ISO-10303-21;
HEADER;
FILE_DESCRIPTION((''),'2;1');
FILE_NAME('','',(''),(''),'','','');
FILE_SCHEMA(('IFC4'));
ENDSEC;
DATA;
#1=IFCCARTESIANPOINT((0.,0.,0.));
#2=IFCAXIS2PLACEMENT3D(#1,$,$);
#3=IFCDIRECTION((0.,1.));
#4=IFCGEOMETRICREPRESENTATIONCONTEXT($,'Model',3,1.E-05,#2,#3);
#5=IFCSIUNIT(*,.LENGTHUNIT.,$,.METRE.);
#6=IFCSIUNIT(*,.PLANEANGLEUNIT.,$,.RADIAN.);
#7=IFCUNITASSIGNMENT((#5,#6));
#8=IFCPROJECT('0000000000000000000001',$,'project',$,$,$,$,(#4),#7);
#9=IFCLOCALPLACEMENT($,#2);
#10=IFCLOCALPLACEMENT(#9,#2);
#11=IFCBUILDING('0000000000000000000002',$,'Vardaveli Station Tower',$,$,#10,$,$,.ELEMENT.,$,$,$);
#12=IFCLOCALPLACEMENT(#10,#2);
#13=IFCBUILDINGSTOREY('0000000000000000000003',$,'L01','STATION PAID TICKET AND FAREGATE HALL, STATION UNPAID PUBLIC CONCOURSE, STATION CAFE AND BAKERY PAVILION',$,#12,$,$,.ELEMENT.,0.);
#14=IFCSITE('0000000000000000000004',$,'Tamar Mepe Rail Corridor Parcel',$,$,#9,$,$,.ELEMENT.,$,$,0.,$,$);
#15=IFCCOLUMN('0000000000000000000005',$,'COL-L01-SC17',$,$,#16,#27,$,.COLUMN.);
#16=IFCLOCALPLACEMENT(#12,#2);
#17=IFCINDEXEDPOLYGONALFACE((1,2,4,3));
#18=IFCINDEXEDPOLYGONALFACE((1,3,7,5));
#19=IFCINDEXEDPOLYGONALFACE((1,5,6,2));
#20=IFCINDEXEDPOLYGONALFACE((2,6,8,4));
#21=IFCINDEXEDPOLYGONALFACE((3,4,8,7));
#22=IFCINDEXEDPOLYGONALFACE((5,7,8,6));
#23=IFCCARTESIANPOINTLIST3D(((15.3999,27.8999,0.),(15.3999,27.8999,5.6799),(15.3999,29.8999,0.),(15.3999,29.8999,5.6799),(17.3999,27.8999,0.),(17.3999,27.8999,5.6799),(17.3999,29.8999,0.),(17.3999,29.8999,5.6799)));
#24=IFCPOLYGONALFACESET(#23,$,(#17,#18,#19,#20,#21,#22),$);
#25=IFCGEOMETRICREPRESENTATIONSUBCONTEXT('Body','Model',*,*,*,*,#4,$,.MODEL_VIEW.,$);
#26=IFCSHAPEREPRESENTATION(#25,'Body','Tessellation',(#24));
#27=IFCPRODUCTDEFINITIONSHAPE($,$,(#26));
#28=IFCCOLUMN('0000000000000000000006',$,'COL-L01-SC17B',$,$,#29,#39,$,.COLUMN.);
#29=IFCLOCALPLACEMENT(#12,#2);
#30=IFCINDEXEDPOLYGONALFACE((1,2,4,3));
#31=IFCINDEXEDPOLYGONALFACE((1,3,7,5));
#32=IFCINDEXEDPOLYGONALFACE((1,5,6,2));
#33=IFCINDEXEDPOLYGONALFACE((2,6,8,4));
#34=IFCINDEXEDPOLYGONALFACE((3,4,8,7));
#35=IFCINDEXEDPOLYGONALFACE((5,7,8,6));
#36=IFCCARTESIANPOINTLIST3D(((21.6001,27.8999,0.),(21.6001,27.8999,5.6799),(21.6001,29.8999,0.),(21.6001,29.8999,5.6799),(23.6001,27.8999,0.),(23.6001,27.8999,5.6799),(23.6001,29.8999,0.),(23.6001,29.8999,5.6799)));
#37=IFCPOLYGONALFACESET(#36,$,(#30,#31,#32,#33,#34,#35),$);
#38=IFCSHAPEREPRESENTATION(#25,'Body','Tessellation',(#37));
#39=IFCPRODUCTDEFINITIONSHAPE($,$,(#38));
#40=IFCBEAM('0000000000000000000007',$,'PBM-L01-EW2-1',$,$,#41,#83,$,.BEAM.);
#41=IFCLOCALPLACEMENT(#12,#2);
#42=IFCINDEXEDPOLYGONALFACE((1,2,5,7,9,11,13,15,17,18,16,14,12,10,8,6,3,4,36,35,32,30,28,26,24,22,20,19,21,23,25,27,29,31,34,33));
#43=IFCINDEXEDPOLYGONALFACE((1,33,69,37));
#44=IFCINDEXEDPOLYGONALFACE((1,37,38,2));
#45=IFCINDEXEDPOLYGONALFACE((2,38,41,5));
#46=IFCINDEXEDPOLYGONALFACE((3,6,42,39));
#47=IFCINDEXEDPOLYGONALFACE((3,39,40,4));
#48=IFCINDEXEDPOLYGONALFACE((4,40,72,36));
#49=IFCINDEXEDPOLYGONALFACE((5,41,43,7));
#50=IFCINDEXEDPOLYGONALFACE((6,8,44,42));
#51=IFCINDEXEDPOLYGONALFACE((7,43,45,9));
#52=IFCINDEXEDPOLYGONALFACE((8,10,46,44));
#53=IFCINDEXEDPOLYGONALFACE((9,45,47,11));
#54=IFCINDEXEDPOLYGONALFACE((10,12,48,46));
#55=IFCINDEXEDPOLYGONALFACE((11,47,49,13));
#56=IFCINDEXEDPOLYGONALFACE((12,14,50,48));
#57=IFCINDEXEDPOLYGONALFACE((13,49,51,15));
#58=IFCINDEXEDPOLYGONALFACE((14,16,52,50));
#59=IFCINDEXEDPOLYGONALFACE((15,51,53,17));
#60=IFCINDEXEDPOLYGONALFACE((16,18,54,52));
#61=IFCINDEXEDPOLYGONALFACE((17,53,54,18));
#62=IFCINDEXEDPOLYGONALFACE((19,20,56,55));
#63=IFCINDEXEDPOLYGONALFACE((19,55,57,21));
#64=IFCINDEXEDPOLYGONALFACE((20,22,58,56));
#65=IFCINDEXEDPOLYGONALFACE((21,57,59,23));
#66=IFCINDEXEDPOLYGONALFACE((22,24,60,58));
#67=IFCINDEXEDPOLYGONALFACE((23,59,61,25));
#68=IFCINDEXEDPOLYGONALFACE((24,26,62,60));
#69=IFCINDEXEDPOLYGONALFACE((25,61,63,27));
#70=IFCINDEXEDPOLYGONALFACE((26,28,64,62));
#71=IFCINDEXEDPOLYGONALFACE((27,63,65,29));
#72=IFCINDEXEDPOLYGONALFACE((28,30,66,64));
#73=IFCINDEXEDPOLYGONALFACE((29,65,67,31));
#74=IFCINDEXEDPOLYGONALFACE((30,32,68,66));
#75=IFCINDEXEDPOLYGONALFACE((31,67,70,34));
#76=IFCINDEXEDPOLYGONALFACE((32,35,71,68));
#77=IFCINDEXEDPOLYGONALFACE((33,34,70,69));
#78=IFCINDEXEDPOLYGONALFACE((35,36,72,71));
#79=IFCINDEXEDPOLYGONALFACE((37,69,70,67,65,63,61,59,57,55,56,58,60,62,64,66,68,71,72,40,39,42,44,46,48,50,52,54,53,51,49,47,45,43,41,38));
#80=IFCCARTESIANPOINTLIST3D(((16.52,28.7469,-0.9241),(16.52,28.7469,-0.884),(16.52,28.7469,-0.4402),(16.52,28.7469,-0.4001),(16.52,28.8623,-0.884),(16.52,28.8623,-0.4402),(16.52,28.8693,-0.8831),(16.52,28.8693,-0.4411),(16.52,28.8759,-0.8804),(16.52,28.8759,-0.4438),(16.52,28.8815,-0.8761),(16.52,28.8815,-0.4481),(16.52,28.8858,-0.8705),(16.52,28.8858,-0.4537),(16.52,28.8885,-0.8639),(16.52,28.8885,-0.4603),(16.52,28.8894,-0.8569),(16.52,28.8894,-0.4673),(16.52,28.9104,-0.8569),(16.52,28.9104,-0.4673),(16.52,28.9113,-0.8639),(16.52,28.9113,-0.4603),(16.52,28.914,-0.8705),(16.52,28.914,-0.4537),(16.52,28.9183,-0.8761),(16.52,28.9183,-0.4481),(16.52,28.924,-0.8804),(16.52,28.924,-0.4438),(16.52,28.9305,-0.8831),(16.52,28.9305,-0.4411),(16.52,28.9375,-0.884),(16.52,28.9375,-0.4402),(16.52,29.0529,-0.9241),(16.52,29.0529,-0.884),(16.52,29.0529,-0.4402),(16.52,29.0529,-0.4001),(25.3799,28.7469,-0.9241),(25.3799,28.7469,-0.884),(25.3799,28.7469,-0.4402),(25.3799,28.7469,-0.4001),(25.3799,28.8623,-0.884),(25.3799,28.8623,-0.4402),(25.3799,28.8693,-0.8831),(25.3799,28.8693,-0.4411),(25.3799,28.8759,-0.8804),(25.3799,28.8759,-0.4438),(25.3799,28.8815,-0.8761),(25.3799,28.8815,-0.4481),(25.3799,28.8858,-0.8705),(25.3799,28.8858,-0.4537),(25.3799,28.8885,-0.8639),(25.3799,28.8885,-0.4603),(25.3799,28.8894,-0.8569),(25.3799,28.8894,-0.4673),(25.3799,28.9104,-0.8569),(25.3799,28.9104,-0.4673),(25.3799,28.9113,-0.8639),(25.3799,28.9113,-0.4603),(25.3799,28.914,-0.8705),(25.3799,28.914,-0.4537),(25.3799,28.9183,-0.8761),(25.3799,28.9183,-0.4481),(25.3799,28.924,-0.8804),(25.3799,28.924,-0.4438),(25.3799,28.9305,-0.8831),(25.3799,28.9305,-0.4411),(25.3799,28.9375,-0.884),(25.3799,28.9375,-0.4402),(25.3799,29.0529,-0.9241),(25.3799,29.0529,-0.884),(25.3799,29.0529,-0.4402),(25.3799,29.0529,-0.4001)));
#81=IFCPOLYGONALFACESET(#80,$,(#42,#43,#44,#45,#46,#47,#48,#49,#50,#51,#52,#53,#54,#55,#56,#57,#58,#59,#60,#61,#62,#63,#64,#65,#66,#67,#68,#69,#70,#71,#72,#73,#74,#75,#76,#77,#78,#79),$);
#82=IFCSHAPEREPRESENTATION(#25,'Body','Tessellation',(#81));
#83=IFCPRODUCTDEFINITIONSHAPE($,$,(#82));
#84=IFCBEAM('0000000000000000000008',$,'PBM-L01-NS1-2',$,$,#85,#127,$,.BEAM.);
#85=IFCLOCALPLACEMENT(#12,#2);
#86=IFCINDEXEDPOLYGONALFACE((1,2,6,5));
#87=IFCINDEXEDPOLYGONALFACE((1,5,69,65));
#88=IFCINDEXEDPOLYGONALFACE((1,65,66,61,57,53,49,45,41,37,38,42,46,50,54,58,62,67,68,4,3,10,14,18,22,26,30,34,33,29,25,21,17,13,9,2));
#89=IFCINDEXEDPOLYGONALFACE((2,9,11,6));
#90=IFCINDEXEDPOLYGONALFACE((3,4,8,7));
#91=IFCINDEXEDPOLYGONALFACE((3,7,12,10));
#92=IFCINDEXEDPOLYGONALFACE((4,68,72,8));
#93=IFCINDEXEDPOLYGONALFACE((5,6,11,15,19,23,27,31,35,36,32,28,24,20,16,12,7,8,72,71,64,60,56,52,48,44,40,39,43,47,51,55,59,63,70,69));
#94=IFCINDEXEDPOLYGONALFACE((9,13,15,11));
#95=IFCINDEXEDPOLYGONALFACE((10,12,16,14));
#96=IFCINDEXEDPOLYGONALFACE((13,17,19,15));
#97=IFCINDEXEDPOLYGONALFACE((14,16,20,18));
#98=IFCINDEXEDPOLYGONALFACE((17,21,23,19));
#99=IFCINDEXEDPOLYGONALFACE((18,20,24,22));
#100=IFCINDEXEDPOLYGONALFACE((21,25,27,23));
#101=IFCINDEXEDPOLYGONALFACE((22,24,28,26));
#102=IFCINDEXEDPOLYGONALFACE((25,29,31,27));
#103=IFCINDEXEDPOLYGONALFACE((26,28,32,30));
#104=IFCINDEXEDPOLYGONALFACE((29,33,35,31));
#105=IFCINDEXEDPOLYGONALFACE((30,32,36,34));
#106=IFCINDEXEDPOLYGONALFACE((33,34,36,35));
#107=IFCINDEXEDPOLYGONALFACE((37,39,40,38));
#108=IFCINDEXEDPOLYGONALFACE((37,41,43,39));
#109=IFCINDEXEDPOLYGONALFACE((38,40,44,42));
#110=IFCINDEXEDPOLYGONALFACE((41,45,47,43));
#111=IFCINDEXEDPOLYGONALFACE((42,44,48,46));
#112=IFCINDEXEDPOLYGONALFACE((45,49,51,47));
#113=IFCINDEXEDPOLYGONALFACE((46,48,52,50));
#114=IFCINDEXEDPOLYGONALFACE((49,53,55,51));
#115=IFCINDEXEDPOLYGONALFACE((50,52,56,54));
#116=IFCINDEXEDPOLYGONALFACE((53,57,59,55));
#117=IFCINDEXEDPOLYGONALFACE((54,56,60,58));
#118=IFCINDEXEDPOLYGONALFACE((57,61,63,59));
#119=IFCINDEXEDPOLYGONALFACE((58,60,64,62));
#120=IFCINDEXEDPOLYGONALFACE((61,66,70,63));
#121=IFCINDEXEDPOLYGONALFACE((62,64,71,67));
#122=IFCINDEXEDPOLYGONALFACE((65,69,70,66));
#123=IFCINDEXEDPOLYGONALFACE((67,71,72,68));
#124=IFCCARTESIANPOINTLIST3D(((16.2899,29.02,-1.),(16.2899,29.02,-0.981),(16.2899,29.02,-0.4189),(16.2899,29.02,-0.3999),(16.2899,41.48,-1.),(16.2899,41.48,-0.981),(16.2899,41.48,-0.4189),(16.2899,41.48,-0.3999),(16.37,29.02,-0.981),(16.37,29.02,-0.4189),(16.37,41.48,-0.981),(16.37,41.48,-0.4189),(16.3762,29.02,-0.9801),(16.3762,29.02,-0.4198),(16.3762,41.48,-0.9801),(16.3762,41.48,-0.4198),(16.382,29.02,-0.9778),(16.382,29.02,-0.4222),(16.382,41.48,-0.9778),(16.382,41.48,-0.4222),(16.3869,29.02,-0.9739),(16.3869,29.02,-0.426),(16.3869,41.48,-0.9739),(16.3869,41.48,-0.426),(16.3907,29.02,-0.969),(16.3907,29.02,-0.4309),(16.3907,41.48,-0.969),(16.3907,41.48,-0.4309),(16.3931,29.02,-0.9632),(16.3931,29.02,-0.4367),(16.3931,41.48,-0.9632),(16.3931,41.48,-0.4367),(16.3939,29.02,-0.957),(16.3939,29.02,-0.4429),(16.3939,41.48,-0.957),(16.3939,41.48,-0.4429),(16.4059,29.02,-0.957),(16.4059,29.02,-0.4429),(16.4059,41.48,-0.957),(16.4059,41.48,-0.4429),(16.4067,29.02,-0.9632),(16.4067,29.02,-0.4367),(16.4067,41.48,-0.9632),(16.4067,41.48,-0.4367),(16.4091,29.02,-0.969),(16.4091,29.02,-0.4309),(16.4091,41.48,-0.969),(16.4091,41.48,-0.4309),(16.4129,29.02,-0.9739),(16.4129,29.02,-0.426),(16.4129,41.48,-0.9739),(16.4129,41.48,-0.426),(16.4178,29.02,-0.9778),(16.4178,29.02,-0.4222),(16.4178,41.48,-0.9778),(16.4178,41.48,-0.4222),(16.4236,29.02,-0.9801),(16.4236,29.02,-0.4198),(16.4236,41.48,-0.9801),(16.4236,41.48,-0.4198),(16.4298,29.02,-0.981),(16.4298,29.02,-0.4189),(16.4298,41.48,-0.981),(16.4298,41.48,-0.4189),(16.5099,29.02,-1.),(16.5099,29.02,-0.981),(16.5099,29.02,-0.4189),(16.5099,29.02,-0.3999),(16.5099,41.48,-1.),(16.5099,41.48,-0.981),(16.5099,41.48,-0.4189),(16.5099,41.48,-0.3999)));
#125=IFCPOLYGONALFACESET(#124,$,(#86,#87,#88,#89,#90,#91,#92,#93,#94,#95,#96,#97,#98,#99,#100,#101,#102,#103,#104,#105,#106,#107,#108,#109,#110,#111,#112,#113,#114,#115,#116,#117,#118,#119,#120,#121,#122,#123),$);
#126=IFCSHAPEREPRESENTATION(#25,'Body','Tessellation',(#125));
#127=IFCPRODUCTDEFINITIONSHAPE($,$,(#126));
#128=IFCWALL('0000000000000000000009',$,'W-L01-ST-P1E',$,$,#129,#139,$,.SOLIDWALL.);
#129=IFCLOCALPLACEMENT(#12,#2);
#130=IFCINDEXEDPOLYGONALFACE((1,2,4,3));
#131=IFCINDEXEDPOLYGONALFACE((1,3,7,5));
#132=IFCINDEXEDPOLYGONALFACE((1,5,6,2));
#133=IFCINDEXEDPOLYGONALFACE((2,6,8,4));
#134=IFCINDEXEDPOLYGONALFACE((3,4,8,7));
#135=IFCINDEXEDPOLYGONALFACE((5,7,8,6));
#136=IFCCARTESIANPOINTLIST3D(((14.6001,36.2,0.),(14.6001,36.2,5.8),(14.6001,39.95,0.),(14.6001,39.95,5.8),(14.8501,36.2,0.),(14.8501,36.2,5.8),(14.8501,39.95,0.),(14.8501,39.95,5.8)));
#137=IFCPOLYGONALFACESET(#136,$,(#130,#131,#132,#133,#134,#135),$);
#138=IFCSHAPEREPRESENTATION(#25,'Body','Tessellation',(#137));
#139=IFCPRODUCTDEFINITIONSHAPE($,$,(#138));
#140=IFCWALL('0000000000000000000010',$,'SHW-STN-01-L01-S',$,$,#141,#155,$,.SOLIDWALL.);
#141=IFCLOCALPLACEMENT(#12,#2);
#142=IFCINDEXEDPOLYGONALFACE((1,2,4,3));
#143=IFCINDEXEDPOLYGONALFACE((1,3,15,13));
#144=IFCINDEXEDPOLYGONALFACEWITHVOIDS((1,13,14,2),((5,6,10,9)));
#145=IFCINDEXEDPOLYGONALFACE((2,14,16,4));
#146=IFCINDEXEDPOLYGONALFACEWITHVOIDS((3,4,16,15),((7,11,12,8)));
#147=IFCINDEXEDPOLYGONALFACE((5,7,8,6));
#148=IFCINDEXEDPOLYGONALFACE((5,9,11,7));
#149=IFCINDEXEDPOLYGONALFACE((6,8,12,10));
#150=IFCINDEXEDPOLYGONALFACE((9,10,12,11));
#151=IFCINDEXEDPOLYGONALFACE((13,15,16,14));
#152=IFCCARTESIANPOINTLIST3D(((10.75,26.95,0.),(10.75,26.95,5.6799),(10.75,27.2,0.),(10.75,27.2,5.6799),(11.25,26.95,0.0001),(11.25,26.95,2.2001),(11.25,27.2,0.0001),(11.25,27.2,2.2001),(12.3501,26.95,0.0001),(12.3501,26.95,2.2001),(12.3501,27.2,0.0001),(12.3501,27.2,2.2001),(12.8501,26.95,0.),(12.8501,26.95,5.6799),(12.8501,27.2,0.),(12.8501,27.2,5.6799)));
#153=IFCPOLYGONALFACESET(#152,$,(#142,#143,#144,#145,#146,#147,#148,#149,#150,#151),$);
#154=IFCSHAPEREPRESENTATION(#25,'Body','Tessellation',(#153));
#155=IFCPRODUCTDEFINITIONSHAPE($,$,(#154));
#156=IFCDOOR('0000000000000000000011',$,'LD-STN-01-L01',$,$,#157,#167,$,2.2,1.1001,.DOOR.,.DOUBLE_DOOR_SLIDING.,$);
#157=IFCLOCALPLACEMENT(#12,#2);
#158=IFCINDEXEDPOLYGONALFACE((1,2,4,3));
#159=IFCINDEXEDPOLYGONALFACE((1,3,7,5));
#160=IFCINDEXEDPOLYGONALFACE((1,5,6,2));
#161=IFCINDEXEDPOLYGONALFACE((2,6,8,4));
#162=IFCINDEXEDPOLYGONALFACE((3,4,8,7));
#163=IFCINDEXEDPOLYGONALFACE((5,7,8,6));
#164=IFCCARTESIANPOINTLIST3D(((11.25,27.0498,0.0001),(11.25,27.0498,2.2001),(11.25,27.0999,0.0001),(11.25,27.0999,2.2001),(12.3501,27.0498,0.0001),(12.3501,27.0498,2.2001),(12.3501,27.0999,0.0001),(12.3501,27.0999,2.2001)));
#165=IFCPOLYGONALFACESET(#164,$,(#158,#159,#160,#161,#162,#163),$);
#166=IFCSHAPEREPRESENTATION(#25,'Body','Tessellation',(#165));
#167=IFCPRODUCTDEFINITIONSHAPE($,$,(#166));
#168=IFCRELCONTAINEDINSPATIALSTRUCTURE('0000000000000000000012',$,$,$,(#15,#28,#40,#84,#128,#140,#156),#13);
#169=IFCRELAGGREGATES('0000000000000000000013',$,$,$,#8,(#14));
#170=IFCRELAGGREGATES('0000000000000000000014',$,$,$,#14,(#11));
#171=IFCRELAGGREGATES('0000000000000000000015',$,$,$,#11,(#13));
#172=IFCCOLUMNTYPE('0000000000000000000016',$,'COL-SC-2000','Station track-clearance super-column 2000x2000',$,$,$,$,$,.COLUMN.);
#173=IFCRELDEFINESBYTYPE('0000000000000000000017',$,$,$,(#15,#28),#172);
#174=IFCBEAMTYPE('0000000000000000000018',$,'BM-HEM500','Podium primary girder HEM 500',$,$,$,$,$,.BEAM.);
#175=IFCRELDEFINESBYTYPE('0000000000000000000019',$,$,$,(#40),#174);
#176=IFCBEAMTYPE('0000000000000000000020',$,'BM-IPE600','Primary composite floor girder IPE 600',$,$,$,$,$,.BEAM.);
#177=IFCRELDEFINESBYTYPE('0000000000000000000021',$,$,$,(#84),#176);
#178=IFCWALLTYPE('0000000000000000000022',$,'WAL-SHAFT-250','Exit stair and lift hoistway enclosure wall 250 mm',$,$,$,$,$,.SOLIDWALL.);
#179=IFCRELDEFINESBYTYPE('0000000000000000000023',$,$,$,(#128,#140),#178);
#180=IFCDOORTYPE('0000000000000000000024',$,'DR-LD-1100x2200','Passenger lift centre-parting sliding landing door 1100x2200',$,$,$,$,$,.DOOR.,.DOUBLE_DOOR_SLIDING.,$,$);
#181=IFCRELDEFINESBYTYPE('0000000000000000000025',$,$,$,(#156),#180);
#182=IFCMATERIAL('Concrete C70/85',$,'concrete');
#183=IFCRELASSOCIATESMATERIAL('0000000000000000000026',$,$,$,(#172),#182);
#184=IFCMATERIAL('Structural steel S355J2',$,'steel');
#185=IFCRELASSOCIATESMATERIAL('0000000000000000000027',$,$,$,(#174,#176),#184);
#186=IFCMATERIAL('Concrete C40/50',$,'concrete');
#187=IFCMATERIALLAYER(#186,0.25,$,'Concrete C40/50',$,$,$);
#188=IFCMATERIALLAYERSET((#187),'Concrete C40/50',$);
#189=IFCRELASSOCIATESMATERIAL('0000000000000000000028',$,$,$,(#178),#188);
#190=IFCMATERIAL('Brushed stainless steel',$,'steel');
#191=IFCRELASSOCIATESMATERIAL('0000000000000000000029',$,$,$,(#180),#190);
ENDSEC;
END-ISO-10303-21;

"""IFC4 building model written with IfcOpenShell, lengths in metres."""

from ifc_helpers import new_model, si_unit, direction, frame, frame_2d, origin, origin_2d, place, context, subcontext, project, spatial, rectangle, i_section, extrude, source, transform, mapped, material, layer, layer_set, material_profile, profile_set, type_object, element, fill, save


model = new_model("IFC4")

# Units and contexts
model_context = context("Model", 3, precision=1e-05, world=origin(), true_north=direction((0.0, 1.0)))
body_context = subcontext(model_context, "Body", "Model", "MODEL_VIEW")
ifc_project = project(units=[si_unit("LENGTHUNIT", "METRE"), si_unit("PLANEANGLEUNIT", "RADIAN")], contexts=[model_context])

# Site, building, storey
site_placement = place(None, origin())
site = spatial("IfcSite", under=ifc_project, at=site_placement, Name="Tamar Mepe Rail Corridor Parcel", CompositionType="ELEMENT", RefElevation=0.0)
building_placement = place(site_placement, origin())
building = spatial("IfcBuilding", under=site, at=building_placement, Name="Vardaveli Station Tower", CompositionType="ELEMENT")
storey_placement = place(building_placement, origin())
storey = spatial("IfcBuildingStorey", under=building, at=storey_placement, Name="L01", Description="STATION PAID TICKET AND FAREGATE HALL, STATION UNPAID PUBLIC CONCOURSE, STATION CAFE AND BAKERY PAVILION", CompositionType="ELEMENT", Elevation=0.0)

# Columns
ifc_material_1 = material(Name="Concrete C70/85", Category="concrete")
ifc_material_profile_1 = material_profile(ifc_material_1, rectangle(XDim=2.0, YDim=2.0, at=origin_2d()), Name="SC 2000x2000")
ifc_profile_set_1 = profile_set([ifc_material_profile_1], Name="Concrete C70/85")
column_type = type_object("IfcColumnType", Name="COL-SC-2000", Description="Station track-clearance super-column 2000x2000", PredefinedType="COLUMN", material=ifc_profile_set_1)
shared_shape_1 = source(origin(), body_context, "Body", "SweptSolid", [
    extrude(rectangle(XDim=2.0, YDim=2.0, at=origin_2d()), origin(), (0.0, 0.0, 1.0), 5.6799),
])
for number, where, z_axis, x_axis, name in (
    (1, (16.3999, 28.8999, 0.0), (0.0, 0.0, 1.0), (1.0, 0.0, 0.0), "COL-L01-SC17"),
    (2, (22.6001, 28.8999, 0.0), (0.0, 0.0, 1.0), (1.0, 0.0, 0.0), "COL-L01-SC17B"),
):
    element("IfcColumn", number, at=place(storey_placement, frame(where, z_axis=z_axis, x_axis=x_axis)), inside=storey, type_object=column_type, Name=name, PredefinedType="COLUMN", context=body_context, shape_type="MappedRepresentation", body=[
        mapped(shared_shape_1, transform((0.0, 0.0, 0.0), scale=1.0)),
    ])

# Beams
ifc_material_2 = material(Name="Structural steel S355J2", Category="steel")
ifc_material_profile_2 = material_profile(ifc_material_2, i_section(OverallWidth=0.3059, OverallDepth=0.5239, WebThickness=0.021, FlangeThickness=0.04, FilletRadius=0.0271, at=origin_2d()), Name="HEM 500")
ifc_profile_set_2 = profile_set([ifc_material_profile_2], Name="Structural steel S355J2")
beam_type_1 = type_object("IfcBeamType", Name="BM-HEM500", Description="Podium primary girder HEM 500", PredefinedType="BEAM", material=ifc_profile_set_2)
shared_shape_2 = source(origin(), body_context, "Body", "SweptSolid", [
    extrude(i_section(OverallWidth=0.3059, OverallDepth=0.5239, WebThickness=0.021, FlangeThickness=0.04, FilletRadius=0.0271, at=origin_2d()), origin(), (0.0, 0.0, 1.0), 8.8599),
])
beam_1_placement = place(storey_placement, frame((16.52, 28.8999, -0.6621), z_axis=(1.0, 0.0, 0.0), x_axis=(0.0, 1.0, 0.0)))
element("IfcBeam", 3, at=beam_1_placement, inside=storey, type_object=beam_type_1, Name="PBM-L01-EW2-1", PredefinedType="BEAM", context=body_context, shape_type="MappedRepresentation", body=[
    mapped(shared_shape_2, transform((0.0, 0.0, 0.0), scale=1.0)),
])
ifc_material_profile_3 = material_profile(ifc_material_2, i_section(OverallWidth=0.22, OverallDepth=0.6001, WebThickness=0.012, FlangeThickness=0.019, FilletRadius=0.0239, at=origin_2d()), Name="IPE 600")
ifc_profile_set_3 = profile_set([ifc_material_profile_3], Name="Structural steel S355J2")
beam_type_2 = type_object("IfcBeamType", Name="BM-IPE600", Description="Primary composite floor girder IPE 600", PredefinedType="BEAM", material=ifc_profile_set_3)
shared_shape_3 = source(origin(), body_context, "Body", "SweptSolid", [
    extrude(i_section(OverallWidth=0.22, OverallDepth=0.6001, WebThickness=0.012, FlangeThickness=0.019, FilletRadius=0.0239, at=origin_2d()), origin(), (0.0, 0.0, 1.0), 12.46),
])
beam_2_placement = place(storey_placement, frame((16.3999, 29.02, -0.7), z_axis=(0.0, 1.0, 0.0), x_axis=(-1.0, 0.0, 0.0)))
element("IfcBeam", 4, at=beam_2_placement, inside=storey, type_object=beam_type_2, Name="PBM-L01-NS1-2", PredefinedType="BEAM", context=body_context, shape_type="MappedRepresentation", body=[
    mapped(shared_shape_3, transform((0.0, 0.0, 0.0), scale=1.0)),
])

# Wall
ifc_material_3 = material(Name="Concrete C40/50", Category="concrete")
ifc_layer_1 = layer(ifc_material_3, 0.25, Name="Concrete C40/50")
ifc_layer_set_1 = layer_set([ifc_layer_1], Name="Concrete C40/50")
wall_type_1 = type_object("IfcWallType", Name="WAL-SHAFT-250", Description="Exit stair and lift hoistway enclosure wall 250 mm", PredefinedType="SOLIDWALL", material=ifc_layer_set_1)
shared_shape_4 = source(origin(), body_context, "Body", "SweptSolid", [
    extrude(rectangle(XDim=3.75, YDim=0.25, at=frame_2d((1.875, 0.0))), origin(), (0.0, 0.0, 1.0), 5.8),
])
wall_1_placement = place(storey_placement, frame((14.7251, 36.2, 0.0), z_axis=(0.0, 0.0, 1.0), x_axis=(0.0, 1.0, 0.0)))
element("IfcWall", 5, at=wall_1_placement, inside=storey, type_object=wall_type_1, Name="W-L01-ST-P1E", PredefinedType="SOLIDWALL", context=body_context, shape_type="MappedRepresentation", body=[
    mapped(shared_shape_4, transform((0.0, 0.0, 0.0), scale=1.0)),
])

# Wall, opening, door
shared_shape_5 = source(origin(), body_context, "Body", "SweptSolid", [
    extrude(rectangle(XDim=2.1001, YDim=0.25, at=frame_2d((1.05, 0.0))), origin(), (0.0, 0.0, 1.0), 5.6799),
])
wall_2_placement = place(storey_placement, frame((10.75, 27.075, 0.0), z_axis=(0.0, 0.0, 1.0), x_axis=(1.0, 0.0, 0.0)))
wall_2 = element("IfcWall", 6, at=wall_2_placement, inside=storey, type_object=wall_type_1, Name="SHW-STN-01-L01-S", PredefinedType="SOLIDWALL", context=body_context, shape_type="MappedRepresentation", body=[
    mapped(shared_shape_5, transform((0.0, 0.0, 0.0), scale=1.0)),
])
shared_shape_6 = source(origin(), body_context, "Body", "SweptSolid", [
    extrude(rectangle(XDim=1.1001, YDim=2.2, at=frame_2d((0.55, 1.1001))), frame((0.0, 0.135, 0.0), z_axis=(0.0, -1.0, 0.0), x_axis=(1.0, 0.0, 0.0)), (0.0, 0.0, 1.0), 0.27),
])
opening_1_placement = place(wall_2_placement, frame((0.5, 0.0, 0.0)))
opening_1 = element("IfcOpeningElement", 7, at=opening_1_placement, cuts=wall_2, PredefinedType="OPENING", context=body_context, shape_type="MappedRepresentation", body=[
    mapped(shared_shape_6, transform((0.0, 0.0, 0.0), scale=1.0)),
])
ifc_material_4 = material(Name="Brushed stainless steel", Category="steel")
door_type_1 = type_object("IfcDoorType", Name="DR-LD-1100x2200", Description="Passenger lift centre-parting sliding landing door 1100x2200", OperationType="DOUBLE_DOOR_SLIDING", PredefinedType="DOOR", material=ifc_material_4)
shared_shape_7 = source(origin(), body_context, "Body", "SweptSolid", [
    extrude(rectangle(XDim=1.1001, YDim=2.2, at=frame_2d((0.55, 1.1001))), frame((0.0, 0.0249, 0.0), z_axis=(0.0, -1.0, 0.0), x_axis=(1.0, 0.0, 0.0)), (0.0, 0.0, 1.0), 0.05),
])
door_1_placement = place(opening_1_placement, origin())
door_1 = element("IfcDoor", 8, at=door_1_placement, inside=storey, type_object=door_type_1, Name="LD-STN-01-L01", OperationType="DOUBLE_DOOR_SLIDING", OverallHeight=2.2, OverallWidth=1.1001, PredefinedType="DOOR", context=body_context, shape_type="MappedRepresentation", body=[
    mapped(shared_shape_7, transform((0.0, 0.0, 0.0), scale=1.0)),
])
fill(opening_1, door_1)

save(model, "model.ifc")
